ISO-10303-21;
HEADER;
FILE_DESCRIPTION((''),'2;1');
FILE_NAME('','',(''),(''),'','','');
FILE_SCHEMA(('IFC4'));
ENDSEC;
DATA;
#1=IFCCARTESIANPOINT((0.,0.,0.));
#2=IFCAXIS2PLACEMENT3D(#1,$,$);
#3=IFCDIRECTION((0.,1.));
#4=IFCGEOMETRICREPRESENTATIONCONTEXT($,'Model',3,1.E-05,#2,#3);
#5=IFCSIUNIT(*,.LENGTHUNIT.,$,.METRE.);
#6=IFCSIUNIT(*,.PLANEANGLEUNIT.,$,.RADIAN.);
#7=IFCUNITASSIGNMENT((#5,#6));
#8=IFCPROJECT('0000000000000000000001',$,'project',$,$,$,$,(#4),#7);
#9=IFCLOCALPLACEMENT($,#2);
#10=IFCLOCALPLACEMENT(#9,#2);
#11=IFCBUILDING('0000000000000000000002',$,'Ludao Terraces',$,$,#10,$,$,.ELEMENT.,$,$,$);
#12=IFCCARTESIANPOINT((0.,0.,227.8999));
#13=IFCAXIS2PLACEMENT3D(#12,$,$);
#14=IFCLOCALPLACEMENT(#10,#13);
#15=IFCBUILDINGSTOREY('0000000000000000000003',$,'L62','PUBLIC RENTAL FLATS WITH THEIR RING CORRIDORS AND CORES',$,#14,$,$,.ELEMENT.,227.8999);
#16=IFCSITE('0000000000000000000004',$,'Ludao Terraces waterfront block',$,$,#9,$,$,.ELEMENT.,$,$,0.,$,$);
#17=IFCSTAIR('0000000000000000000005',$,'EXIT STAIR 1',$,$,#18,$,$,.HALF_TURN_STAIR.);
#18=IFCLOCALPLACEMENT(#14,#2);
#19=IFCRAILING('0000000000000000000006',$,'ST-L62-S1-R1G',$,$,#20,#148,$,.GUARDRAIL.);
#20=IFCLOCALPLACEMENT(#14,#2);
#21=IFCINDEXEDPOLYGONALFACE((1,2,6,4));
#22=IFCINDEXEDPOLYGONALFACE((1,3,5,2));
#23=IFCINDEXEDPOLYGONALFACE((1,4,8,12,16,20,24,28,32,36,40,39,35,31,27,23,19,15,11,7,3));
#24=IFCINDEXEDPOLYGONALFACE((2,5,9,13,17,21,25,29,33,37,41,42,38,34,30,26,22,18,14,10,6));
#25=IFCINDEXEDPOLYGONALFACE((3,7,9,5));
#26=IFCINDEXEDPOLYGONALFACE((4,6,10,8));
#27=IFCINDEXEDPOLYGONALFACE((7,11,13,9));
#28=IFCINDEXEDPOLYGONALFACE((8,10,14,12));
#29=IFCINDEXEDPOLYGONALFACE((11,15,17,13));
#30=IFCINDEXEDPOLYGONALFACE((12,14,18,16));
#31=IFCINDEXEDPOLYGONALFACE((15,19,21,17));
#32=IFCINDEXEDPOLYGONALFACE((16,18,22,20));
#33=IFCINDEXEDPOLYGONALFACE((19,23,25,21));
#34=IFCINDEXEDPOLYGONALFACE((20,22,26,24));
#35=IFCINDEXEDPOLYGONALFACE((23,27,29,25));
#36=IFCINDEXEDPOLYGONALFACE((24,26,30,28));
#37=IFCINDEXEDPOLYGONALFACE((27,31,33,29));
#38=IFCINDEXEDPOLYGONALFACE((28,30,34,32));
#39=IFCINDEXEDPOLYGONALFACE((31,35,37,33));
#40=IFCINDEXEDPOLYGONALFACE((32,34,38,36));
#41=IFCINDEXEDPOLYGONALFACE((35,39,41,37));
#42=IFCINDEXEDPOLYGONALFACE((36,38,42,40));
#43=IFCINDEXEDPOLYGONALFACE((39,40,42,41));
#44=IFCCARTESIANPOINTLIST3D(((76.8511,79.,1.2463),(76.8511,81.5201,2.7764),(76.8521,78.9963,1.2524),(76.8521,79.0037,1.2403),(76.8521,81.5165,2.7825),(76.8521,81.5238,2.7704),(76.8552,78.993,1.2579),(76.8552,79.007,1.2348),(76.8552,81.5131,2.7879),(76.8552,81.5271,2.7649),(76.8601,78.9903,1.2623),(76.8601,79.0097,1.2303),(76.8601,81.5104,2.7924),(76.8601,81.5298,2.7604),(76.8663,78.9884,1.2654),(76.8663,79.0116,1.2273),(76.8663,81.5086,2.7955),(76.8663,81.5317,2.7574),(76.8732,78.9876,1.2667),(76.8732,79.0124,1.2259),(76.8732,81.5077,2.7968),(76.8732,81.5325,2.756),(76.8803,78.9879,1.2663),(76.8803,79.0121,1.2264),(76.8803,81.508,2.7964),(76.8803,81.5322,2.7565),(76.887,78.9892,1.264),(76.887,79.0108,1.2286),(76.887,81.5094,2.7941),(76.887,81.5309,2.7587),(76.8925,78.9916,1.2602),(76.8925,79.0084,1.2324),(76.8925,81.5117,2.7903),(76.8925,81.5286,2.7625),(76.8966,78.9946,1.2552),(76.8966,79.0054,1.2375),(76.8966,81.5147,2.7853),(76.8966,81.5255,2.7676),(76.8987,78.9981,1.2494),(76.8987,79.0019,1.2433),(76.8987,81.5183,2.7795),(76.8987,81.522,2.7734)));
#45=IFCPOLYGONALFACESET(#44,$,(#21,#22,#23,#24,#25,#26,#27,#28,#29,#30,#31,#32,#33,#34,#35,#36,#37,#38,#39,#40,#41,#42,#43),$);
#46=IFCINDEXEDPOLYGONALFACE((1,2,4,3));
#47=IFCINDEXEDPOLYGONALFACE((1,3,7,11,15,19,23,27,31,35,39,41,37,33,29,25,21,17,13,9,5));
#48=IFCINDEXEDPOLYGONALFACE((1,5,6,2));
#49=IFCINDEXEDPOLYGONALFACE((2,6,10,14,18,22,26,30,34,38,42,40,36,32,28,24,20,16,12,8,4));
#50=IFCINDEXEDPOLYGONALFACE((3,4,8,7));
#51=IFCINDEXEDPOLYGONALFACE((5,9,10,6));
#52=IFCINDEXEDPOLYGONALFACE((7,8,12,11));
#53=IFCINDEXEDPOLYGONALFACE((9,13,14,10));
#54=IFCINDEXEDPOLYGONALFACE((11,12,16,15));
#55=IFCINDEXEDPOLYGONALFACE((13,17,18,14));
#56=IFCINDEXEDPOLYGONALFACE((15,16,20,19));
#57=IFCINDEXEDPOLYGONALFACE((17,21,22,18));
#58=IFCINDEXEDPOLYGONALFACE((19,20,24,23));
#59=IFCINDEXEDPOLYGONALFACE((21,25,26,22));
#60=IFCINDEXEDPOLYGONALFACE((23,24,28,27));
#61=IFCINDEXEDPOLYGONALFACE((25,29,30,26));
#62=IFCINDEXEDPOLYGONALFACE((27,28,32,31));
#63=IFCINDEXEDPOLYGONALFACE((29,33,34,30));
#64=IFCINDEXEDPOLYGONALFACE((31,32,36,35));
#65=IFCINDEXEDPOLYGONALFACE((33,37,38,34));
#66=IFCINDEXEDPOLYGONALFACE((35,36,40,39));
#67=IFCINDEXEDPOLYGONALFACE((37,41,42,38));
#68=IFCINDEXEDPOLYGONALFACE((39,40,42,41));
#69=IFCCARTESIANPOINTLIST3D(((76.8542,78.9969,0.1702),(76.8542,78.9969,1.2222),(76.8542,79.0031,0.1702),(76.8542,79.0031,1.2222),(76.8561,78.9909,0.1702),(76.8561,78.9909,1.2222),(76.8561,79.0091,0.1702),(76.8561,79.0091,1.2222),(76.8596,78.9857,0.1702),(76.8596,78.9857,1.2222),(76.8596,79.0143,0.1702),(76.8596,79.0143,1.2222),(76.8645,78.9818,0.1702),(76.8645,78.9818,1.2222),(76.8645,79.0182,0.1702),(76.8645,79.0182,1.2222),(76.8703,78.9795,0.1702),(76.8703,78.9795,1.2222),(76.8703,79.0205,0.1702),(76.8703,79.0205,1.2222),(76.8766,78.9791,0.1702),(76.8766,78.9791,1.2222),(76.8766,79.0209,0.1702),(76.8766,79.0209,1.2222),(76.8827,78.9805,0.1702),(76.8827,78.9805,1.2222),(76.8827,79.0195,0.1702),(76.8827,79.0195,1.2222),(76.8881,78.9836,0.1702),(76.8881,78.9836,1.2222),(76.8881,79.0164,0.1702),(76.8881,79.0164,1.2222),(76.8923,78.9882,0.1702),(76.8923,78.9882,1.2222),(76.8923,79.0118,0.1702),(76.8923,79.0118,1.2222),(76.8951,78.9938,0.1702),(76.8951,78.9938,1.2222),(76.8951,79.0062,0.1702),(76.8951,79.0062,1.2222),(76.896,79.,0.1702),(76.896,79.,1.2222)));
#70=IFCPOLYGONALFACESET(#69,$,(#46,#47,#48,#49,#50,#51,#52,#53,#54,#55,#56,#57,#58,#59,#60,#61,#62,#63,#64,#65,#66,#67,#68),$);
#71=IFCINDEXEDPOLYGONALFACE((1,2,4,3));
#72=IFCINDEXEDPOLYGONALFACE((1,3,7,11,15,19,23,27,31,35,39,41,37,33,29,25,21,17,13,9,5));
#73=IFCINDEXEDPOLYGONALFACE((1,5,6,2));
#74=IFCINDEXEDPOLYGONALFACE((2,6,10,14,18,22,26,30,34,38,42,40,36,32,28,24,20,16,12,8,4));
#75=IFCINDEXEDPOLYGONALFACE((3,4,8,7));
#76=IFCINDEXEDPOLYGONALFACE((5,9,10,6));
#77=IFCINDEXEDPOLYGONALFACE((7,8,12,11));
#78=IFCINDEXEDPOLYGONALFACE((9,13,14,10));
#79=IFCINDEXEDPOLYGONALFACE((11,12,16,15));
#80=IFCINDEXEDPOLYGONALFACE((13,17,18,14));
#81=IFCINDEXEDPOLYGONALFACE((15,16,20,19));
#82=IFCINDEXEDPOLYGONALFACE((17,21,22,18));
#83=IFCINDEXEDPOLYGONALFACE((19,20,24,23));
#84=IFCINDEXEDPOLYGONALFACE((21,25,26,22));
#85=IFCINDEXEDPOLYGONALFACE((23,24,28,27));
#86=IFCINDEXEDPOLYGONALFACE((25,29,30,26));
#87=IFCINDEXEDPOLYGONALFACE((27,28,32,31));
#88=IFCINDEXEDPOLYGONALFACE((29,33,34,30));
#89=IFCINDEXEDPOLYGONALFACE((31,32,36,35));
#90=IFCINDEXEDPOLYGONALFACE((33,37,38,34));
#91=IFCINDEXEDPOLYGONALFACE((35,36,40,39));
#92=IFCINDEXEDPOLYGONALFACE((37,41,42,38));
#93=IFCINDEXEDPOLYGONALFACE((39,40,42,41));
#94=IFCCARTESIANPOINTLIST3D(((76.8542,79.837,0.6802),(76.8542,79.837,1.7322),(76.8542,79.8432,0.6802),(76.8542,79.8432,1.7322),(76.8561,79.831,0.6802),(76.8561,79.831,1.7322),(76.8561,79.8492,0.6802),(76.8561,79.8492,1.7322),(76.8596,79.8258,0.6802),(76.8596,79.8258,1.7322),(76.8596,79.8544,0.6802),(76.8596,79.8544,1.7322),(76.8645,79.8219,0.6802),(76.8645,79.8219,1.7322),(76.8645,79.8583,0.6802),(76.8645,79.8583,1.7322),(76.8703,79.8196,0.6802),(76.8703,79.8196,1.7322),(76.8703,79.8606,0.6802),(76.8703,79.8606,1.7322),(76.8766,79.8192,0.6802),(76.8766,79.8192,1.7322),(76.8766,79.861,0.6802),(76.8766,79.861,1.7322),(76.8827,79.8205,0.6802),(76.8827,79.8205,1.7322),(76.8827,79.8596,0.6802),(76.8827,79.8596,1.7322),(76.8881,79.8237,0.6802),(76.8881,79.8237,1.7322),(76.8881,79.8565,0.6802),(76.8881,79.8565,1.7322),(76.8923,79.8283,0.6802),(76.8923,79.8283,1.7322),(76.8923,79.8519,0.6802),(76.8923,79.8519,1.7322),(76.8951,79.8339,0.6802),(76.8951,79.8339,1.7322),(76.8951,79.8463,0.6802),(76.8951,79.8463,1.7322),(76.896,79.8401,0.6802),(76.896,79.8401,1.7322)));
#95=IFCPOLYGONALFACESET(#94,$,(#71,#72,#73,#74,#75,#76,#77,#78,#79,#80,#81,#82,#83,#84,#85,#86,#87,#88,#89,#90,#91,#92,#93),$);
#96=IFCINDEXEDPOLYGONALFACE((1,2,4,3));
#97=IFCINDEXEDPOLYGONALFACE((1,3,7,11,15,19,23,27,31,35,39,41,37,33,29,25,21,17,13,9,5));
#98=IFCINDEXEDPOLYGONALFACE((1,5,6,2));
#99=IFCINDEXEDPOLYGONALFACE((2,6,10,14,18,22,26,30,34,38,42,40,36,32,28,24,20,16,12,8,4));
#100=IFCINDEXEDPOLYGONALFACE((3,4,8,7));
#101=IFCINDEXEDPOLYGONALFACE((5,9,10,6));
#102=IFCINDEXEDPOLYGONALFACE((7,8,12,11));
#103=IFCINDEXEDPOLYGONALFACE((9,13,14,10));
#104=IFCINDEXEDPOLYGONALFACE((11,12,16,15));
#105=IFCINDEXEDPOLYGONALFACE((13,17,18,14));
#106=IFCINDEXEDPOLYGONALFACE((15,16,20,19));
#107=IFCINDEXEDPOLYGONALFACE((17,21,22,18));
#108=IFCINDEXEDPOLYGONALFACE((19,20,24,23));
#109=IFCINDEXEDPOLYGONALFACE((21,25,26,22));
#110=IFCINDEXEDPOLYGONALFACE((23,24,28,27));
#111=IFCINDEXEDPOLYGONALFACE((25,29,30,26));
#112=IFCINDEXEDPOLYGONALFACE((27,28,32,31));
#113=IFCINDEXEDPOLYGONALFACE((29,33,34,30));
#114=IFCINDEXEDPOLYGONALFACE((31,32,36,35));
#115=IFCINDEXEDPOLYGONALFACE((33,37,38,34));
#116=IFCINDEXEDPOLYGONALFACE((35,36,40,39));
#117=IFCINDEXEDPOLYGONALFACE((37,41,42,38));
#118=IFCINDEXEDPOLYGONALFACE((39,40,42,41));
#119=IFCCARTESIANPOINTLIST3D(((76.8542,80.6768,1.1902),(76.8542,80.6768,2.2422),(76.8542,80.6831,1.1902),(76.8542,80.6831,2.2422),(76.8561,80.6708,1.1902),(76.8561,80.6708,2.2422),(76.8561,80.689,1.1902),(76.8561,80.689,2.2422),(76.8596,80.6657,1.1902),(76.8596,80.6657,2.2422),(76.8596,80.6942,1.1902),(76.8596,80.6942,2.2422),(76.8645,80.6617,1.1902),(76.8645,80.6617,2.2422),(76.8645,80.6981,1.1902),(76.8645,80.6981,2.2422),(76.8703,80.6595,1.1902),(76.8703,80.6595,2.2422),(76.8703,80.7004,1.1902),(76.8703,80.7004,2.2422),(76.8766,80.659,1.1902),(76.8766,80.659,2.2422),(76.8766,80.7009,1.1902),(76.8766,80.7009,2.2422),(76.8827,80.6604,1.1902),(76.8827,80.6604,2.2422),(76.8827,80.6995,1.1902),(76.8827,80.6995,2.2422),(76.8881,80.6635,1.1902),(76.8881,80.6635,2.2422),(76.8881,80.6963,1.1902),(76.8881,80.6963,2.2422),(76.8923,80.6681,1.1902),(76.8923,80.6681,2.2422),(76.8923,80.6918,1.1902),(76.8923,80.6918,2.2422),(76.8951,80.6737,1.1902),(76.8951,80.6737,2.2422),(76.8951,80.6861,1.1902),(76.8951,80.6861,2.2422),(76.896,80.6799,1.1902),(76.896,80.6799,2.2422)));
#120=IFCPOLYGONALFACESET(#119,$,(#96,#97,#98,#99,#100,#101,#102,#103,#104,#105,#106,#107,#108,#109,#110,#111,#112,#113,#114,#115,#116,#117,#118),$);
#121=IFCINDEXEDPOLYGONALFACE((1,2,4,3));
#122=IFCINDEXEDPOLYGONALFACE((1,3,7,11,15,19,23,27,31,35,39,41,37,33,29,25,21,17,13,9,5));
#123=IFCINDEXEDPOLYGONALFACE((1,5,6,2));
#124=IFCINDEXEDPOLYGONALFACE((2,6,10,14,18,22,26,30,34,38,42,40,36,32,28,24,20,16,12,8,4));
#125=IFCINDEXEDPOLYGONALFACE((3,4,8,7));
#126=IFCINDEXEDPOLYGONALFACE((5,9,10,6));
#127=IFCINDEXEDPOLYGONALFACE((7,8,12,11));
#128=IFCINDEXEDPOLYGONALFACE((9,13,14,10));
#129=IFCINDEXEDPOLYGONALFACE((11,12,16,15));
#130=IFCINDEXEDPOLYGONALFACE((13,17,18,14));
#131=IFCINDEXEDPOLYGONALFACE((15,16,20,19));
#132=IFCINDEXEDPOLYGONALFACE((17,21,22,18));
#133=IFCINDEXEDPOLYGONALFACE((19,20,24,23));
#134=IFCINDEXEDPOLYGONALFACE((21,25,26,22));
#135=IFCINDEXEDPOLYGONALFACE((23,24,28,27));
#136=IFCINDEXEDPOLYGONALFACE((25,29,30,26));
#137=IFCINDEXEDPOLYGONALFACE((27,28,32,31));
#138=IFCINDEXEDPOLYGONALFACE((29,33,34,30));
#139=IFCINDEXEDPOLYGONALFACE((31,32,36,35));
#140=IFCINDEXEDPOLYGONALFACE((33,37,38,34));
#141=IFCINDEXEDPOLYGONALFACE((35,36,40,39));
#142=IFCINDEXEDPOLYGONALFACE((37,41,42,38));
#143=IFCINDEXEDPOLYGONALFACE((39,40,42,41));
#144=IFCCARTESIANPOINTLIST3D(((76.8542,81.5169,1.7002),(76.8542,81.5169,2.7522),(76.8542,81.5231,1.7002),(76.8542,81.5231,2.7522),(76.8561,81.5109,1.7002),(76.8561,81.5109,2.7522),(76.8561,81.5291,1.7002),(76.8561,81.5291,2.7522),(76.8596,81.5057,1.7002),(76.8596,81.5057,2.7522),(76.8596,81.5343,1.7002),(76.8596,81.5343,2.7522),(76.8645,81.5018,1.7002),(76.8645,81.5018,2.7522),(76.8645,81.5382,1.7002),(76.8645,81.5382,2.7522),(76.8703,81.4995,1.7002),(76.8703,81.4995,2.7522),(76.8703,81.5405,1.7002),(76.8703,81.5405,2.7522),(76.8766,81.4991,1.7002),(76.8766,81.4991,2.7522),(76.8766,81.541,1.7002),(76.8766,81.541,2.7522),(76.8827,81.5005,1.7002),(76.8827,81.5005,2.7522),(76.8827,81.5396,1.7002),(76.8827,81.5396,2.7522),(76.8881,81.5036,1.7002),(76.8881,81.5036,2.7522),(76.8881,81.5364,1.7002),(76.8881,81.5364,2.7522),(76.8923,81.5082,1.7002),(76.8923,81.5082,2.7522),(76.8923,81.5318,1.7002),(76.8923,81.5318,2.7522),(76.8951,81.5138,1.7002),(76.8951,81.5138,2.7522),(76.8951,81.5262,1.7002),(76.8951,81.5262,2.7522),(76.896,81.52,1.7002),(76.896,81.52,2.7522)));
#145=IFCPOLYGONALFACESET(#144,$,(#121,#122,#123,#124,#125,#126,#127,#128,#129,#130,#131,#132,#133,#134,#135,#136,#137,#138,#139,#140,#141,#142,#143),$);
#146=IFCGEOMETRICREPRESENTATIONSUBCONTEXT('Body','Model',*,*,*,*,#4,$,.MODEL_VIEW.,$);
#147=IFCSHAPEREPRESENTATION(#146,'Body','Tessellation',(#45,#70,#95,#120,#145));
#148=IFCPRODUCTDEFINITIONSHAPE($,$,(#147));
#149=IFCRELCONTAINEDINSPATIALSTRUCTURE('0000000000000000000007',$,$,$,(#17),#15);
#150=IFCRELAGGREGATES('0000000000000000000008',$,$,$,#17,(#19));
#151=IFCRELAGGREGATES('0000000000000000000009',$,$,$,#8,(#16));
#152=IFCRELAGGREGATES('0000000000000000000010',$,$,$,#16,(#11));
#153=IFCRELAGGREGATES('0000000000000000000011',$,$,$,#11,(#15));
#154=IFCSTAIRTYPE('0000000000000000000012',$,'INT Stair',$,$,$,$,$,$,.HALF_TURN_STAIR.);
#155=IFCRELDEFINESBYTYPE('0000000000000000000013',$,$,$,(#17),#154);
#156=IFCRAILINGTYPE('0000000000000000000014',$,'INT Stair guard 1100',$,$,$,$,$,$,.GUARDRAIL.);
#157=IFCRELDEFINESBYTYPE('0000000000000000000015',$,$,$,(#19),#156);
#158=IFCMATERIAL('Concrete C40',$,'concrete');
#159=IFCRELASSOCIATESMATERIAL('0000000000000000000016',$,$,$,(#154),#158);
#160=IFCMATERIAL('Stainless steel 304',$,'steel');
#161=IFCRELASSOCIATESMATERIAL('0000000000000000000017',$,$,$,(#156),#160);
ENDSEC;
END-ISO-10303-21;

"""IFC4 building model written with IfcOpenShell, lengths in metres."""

from ifc_helpers import new_model, si_unit, direction, frame, origin, origin_2d, place, context, subcontext, project, spatial, circle, extrude, material, type_object, element, aggregate, save


model = new_model("IFC4")

# Units and contexts
model_context = context("Model", 3, precision=1e-05, world=origin(), true_north=direction((0.0, 1.0)))
body_context = subcontext(model_context, "Body", "Model", "MODEL_VIEW")
ifc_project = project(units=[si_unit("LENGTHUNIT", "METRE"), si_unit("PLANEANGLEUNIT", "RADIAN")], contexts=[model_context])

# Site, building, storey
site_placement = place(None, origin())
site = spatial("IfcSite", under=ifc_project, at=site_placement, Name="Ludao Terraces waterfront block", CompositionType="ELEMENT", RefElevation=0.0)
building_placement = place(site_placement, origin())
building = spatial("IfcBuilding", under=site, at=building_placement, Name="Ludao Terraces", CompositionType="ELEMENT")
storey_placement = place(building_placement, frame((0.0, 0.0, 227.8999)))
storey = spatial("IfcBuildingStorey", under=building, at=storey_placement, Name="L62", Description="PUBLIC RENTAL FLATS WITH THEIR RING CORRIDORS AND CORES", CompositionType="ELEMENT", Elevation=227.8999)

# Shared definitions
ifc_material_1 = material(Name="Concrete C40", Category="concrete")

# Stair, railing
stair_type = type_object("IfcStairType", Name="INT Stair", PredefinedType="HALF_TURN_STAIR", material=ifc_material_1)
stair_placement = place(storey_placement, origin())
stair = element("IfcStair", 1, at=stair_placement, inside=storey, type_object=stair_type, Name="EXIT STAIR 1", PredefinedType="HALF_TURN_STAIR")
ifc_material_2 = material(Name="Stainless steel 304", Category="steel")
railing_type_1 = type_object("IfcRailingType", Name="INT Stair guard 1100", PredefinedType="GUARDRAIL", material=ifc_material_2)
railing_1_placement = place(storey_placement, frame((76.875, 79.0, 0.1702)))
railing_1 = element("IfcRailing", 2, at=railing_1_placement, type_object=railing_type_1, Name="ST-L62-S1-R1G", PredefinedType="GUARDRAIL", context=body_context, shape_type="SweptSolid", body=[
    extrude(circle(Radius=0.0239, at=origin_2d()), frame((0.0, 0.0, 1.0762), z_axis=(0.0, 0.854785, 0.518982), x_axis=(-1.0, 0.0, 0.0)), (0.0, 0.0, 1.0), 2.9482),
    extrude(circle(Radius=0.021, at=origin_2d()), origin(), (0.0, 0.0, 1.0), 1.052),
    extrude(circle(Radius=0.021, at=origin_2d()), frame((0.0, 0.8401, 0.51)), (0.0, 0.0, 1.0), 1.052),
    extrude(circle(Radius=0.021, at=origin_2d()), frame((0.0, 1.6799, 1.02)), (0.0, 0.0, 1.0), 1.052),
    extrude(circle(Radius=0.021, at=origin_2d()), frame((0.0, 2.52, 1.53)), (0.0, 0.0, 1.0), 1.052),
])
aggregate(stair, [railing_1])

save(model, "model.ifc")
